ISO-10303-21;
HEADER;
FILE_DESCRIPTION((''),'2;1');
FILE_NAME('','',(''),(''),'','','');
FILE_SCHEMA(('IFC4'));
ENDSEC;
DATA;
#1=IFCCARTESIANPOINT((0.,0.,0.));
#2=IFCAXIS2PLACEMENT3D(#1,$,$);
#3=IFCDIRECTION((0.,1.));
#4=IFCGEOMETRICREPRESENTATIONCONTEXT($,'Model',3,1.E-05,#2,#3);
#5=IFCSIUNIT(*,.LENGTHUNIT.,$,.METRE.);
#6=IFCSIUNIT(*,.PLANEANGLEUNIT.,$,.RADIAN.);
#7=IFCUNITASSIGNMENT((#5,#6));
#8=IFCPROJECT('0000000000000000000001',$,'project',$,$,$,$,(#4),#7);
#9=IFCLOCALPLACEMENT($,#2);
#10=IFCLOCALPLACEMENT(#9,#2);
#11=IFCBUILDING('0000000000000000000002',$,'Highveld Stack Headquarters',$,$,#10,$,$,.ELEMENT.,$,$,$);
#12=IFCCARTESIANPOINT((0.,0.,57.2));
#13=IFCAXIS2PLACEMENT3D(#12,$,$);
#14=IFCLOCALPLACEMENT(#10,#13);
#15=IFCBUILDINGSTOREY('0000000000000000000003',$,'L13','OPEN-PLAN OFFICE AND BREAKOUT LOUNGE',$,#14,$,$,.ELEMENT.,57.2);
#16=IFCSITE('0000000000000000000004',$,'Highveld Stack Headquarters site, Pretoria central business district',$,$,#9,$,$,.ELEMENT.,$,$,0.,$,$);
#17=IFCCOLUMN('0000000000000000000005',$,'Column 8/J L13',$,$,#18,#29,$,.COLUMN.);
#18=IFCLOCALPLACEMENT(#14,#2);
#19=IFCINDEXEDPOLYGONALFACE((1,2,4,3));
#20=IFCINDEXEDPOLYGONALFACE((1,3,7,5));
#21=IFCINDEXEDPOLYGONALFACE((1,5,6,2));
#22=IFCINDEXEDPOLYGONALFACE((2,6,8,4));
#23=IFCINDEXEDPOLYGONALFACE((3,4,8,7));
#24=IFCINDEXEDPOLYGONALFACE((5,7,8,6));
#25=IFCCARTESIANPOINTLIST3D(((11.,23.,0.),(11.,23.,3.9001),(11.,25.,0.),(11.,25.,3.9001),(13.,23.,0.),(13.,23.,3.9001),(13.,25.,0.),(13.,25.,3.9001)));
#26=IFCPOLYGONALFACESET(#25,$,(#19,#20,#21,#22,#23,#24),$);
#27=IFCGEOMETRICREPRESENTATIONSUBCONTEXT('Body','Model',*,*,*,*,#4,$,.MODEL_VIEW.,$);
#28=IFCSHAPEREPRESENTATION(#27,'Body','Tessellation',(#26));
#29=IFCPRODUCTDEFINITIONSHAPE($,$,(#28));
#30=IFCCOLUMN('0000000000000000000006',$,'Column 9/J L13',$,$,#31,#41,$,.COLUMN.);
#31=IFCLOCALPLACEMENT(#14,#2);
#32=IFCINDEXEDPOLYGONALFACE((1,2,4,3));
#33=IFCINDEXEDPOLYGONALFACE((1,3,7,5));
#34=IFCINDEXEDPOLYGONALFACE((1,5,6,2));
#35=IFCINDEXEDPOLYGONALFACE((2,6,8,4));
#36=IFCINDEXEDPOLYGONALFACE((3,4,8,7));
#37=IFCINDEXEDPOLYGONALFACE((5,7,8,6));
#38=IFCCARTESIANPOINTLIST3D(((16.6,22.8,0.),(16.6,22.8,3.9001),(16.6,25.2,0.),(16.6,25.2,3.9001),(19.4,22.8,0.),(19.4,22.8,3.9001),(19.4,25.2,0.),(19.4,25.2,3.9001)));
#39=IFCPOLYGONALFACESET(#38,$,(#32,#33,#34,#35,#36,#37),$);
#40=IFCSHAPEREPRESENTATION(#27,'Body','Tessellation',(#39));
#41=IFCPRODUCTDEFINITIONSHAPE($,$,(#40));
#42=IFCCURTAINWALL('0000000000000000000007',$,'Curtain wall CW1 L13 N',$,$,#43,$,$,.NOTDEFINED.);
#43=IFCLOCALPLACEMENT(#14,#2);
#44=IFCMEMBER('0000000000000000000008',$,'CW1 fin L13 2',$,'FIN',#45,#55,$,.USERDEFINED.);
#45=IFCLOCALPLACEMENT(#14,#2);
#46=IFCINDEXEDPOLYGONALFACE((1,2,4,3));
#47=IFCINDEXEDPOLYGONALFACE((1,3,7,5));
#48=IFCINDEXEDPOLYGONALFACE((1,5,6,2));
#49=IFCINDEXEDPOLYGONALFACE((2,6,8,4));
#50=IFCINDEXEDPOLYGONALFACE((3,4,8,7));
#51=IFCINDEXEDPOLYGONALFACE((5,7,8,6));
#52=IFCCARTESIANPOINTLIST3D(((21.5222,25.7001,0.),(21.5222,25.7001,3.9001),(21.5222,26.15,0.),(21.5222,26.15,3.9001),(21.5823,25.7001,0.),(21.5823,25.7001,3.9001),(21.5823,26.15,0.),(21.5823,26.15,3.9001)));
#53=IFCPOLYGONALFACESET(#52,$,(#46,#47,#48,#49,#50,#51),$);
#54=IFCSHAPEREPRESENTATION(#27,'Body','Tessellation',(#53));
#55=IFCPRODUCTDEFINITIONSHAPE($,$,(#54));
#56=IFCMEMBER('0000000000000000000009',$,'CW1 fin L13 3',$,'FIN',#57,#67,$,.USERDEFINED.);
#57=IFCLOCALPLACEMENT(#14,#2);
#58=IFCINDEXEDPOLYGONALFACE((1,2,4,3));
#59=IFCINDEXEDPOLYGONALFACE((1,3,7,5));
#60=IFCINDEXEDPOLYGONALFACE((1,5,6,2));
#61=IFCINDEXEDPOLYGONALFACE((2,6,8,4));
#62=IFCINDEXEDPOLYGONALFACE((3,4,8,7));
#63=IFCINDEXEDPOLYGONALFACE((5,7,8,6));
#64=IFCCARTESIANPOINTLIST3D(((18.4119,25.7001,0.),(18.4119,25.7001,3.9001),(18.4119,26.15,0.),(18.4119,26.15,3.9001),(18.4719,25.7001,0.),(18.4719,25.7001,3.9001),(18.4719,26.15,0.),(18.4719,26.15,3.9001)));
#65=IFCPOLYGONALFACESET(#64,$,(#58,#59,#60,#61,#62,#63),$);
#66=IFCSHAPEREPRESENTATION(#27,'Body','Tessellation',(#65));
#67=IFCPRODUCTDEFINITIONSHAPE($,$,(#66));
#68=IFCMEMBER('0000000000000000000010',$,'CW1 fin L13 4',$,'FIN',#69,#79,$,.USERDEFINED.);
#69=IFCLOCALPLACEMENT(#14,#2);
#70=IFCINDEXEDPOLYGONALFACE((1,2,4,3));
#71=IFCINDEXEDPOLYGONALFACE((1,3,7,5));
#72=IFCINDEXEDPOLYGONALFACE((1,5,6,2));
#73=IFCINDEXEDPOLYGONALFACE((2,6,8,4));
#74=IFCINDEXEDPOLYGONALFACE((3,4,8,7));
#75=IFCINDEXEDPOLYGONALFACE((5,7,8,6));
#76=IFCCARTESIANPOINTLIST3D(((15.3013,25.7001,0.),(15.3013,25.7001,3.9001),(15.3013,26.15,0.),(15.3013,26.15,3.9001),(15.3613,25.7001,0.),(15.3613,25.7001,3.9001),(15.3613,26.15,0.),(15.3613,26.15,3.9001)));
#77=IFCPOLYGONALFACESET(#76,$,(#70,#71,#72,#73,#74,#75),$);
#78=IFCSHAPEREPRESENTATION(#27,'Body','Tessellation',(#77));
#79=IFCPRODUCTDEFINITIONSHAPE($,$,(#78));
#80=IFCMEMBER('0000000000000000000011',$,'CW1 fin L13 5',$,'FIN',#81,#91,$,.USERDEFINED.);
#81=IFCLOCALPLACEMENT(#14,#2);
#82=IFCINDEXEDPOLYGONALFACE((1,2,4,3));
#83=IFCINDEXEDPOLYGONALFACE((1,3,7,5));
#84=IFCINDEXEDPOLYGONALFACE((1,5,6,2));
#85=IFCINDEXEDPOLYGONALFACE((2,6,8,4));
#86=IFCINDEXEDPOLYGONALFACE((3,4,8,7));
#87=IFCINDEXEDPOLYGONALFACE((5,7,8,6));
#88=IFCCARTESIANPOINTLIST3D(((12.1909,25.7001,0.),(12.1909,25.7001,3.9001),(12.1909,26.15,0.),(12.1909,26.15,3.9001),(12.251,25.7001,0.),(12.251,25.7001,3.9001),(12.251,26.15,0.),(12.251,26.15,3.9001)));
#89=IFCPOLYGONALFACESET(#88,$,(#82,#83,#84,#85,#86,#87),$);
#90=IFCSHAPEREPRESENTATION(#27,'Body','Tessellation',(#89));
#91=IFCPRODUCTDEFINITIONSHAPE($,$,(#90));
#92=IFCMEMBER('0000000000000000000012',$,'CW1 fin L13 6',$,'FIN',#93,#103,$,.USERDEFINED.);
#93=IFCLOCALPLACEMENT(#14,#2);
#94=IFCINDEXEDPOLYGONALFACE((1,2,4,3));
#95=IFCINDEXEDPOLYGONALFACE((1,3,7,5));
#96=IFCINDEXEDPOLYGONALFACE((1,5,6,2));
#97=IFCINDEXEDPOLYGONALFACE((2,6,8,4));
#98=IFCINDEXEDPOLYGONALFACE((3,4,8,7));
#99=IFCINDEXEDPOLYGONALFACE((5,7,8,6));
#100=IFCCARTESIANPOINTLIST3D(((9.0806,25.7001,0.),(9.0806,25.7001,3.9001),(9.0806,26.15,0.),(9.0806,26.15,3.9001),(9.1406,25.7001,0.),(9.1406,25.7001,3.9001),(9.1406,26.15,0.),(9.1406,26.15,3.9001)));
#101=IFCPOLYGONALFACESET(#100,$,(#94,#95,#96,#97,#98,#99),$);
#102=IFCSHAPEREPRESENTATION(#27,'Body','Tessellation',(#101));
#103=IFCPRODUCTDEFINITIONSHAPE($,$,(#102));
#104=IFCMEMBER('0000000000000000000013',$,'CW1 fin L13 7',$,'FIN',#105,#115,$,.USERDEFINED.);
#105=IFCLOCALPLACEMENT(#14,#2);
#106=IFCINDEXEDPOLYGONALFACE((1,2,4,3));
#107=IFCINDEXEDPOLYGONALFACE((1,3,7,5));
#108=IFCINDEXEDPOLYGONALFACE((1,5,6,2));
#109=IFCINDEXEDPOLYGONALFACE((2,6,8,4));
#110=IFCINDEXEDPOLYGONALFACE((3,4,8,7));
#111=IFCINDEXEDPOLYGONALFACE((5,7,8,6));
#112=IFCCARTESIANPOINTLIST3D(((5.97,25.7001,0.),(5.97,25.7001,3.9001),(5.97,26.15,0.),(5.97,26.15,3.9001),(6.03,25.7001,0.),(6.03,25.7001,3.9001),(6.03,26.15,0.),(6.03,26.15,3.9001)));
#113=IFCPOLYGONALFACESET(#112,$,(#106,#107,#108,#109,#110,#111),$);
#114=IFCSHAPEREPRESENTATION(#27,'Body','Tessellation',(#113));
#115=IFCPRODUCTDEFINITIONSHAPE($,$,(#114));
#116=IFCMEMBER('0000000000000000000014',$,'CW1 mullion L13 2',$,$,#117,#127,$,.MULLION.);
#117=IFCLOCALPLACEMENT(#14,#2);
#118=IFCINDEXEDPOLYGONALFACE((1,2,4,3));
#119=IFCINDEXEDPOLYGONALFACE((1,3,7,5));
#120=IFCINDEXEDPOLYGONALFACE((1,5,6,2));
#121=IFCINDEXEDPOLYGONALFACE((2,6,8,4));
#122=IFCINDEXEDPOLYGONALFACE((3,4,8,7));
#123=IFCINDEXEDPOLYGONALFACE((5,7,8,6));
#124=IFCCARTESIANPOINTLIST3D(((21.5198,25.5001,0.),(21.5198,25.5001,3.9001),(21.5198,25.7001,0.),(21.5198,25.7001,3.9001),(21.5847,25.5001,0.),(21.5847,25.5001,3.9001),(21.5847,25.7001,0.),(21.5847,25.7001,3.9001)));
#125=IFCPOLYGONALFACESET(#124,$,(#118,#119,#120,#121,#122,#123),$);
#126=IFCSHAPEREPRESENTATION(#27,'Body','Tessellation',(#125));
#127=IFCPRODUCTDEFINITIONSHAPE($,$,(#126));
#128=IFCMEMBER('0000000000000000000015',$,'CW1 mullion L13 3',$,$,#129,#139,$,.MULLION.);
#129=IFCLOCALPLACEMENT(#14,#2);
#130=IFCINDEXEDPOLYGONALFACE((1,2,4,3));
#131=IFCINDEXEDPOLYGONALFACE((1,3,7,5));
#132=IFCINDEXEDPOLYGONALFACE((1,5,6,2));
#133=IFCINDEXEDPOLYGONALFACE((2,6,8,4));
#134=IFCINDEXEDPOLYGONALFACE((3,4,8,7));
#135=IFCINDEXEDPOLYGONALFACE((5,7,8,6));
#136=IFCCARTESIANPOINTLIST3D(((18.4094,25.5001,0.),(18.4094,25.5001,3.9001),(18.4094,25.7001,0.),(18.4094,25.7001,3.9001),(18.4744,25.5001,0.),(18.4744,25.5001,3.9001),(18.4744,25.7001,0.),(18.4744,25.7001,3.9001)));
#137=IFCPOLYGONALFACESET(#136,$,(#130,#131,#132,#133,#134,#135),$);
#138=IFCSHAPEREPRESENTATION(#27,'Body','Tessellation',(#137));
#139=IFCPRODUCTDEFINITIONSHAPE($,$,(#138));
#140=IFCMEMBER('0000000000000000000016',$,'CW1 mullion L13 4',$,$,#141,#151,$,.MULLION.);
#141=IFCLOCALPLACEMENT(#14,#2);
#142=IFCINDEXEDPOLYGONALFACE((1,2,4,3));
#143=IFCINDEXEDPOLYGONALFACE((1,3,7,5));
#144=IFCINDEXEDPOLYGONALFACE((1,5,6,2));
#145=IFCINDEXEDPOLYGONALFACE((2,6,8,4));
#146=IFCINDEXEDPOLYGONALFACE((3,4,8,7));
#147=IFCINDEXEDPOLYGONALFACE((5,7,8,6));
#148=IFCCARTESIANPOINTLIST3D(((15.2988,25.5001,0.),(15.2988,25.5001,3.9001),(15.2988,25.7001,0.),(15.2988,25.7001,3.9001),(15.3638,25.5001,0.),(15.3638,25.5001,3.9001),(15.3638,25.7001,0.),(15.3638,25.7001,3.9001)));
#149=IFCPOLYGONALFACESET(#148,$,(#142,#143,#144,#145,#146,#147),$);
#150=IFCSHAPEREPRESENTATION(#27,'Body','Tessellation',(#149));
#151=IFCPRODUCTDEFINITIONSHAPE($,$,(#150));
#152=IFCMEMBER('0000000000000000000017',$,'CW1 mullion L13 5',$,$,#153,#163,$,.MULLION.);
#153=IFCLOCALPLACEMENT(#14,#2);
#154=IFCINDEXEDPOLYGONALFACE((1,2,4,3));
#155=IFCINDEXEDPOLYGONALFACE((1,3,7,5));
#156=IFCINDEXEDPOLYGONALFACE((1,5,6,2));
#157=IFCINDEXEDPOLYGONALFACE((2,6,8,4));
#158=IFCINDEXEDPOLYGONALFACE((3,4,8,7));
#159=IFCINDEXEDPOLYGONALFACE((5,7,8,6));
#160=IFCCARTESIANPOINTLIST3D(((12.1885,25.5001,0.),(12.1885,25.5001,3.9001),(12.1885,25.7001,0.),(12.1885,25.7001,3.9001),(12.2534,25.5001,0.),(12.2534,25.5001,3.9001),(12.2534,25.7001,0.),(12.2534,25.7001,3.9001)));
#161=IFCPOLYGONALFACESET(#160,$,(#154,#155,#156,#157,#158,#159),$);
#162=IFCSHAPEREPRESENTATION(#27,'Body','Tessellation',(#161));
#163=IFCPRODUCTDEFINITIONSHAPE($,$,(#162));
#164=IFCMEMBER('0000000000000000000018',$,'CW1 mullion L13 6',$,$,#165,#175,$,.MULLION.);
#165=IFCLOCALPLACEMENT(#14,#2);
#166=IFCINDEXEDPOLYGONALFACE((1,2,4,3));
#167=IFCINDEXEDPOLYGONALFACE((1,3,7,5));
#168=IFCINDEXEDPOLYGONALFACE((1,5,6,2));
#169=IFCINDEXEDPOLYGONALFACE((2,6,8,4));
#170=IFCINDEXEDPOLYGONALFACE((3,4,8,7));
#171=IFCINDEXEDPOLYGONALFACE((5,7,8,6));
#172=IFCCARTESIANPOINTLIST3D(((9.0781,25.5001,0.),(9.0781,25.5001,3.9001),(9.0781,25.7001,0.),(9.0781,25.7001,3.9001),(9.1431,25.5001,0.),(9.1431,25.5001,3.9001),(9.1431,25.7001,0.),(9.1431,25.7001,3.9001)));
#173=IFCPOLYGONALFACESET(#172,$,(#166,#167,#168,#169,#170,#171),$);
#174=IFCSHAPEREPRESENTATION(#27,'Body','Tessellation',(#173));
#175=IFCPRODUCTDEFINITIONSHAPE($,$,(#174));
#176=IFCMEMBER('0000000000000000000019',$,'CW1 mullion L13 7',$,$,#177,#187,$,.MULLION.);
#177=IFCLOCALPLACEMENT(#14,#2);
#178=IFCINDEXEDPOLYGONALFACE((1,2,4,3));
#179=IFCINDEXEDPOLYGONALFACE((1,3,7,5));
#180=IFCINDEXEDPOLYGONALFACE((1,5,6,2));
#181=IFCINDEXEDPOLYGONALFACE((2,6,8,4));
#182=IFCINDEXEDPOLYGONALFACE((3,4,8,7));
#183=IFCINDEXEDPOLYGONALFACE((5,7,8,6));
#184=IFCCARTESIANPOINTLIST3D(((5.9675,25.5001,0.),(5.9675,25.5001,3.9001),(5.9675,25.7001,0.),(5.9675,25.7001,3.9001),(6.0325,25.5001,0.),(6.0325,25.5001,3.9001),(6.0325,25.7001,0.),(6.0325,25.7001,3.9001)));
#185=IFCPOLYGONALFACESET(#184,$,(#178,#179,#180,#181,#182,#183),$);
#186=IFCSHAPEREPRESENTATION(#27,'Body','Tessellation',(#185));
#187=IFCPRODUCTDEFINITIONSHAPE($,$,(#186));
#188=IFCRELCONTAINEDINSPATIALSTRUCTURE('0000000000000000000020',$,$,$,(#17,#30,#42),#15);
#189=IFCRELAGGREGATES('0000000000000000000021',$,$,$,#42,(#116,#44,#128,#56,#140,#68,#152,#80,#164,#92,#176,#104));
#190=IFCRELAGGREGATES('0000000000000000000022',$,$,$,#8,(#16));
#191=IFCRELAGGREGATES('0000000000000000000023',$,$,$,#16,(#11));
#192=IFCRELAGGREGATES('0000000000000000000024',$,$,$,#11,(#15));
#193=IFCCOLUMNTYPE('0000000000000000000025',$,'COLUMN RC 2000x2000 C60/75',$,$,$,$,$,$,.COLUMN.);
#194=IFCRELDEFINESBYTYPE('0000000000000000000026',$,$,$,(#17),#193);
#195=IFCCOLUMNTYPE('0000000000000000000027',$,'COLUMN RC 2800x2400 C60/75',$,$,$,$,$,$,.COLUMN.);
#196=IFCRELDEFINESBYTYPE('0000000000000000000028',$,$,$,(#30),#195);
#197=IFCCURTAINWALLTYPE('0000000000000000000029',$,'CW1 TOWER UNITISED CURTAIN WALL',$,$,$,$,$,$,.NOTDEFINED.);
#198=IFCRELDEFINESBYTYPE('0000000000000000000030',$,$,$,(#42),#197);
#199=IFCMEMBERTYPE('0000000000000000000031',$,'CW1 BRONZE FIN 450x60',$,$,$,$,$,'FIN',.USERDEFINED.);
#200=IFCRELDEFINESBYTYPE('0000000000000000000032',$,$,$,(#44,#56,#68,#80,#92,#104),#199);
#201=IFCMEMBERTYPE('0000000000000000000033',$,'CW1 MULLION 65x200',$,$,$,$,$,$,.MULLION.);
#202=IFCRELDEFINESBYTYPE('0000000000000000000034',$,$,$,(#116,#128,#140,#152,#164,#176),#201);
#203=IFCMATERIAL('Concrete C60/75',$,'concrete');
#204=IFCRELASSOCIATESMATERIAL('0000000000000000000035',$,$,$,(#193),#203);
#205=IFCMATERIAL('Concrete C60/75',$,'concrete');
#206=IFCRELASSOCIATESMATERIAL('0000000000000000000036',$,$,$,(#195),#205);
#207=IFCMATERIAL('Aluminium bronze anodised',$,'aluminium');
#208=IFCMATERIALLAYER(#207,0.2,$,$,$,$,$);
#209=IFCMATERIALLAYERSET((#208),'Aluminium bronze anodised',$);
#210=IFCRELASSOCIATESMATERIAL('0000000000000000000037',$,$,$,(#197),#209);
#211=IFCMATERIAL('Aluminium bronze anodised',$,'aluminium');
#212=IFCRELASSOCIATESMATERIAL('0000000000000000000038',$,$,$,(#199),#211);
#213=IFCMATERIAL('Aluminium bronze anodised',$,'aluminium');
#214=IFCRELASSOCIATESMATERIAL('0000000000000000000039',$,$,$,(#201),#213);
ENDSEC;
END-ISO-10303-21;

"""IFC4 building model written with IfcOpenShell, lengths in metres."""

from ifc_helpers import new_model, si_unit, direction, frame, origin, origin_2d, place, context, subcontext, project, spatial, rectangle, extrude, material, layer, layer_set, material_profile, profile_set, type_object, element, aggregate, save


model = new_model("IFC4")

# Units and contexts
model_context = context("Model", 3, precision=1e-05, world=origin(), true_north=direction((0.0, 1.0)))
body_context = subcontext(model_context, "Body", "Model", "MODEL_VIEW")
ifc_project = project(units=[si_unit("LENGTHUNIT", "METRE"), si_unit("PLANEANGLEUNIT", "RADIAN")], contexts=[model_context])

# Site, building, storey
site_placement = place(None, origin())
site = spatial("IfcSite", under=ifc_project, at=site_placement, Name="Highveld Stack Headquarters site, Pretoria central business district", CompositionType="ELEMENT", RefElevation=0.0)
building_placement = place(site_placement, origin())
building = spatial("IfcBuilding", under=site, at=building_placement, Name="Highveld Stack Headquarters", CompositionType="ELEMENT")
storey_placement = place(building_placement, frame((0.0, 0.0, 57.2)))
storey = spatial("IfcBuildingStorey", under=building, at=storey_placement, Name="L13", Description="OPEN-PLAN OFFICE AND BREAKOUT LOUNGE", CompositionType="ELEMENT", Elevation=57.2)

# Columns
ifc_material_1 = material(Name="Concrete C60/75", Category="concrete")
ifc_material_profile_1 = material_profile(ifc_material_1, rectangle(XDim=2.0, YDim=2.0, at=origin_2d()), Name="RC 2000x2000")
ifc_profile_set_1 = profile_set([ifc_material_profile_1], Name="Concrete C60/75")
column_type_1 = type_object("IfcColumnType", Name="COLUMN RC 2000x2000 C60/75", PredefinedType="COLUMN", material=ifc_profile_set_1)
column_1_placement = place(storey_placement, frame((12.0, 24.0, 0.0), z_axis=(0.0, 0.0, 1.0), x_axis=(1.0, 0.0, 0.0)))
element("IfcColumn", 1, at=column_1_placement, inside=storey, type_object=column_type_1, Name="Column 8/J L13", PredefinedType="COLUMN", context=body_context, shape_type="SweptSolid", body=[
    extrude(rectangle(XDim=2.0, YDim=2.0, at=origin_2d()), origin(), (0.0, 0.0, 1.0), 3.9001),
])
ifc_material_2 = material(Name="Concrete C60/75", Category="concrete")
ifc_material_profile_2 = material_profile(ifc_material_2, rectangle(XDim=2.8, YDim=2.3999, at=origin_2d()), Name="RC 2800x2400")
ifc_profile_set_2 = profile_set([ifc_material_profile_2], Name="Concrete C60/75")
column_type_2 = type_object("IfcColumnType", Name="COLUMN RC 2800x2400 C60/75", PredefinedType="COLUMN", material=ifc_profile_set_2)
column_2_placement = place(storey_placement, frame((18.0, 24.0, 0.0), z_axis=(0.0, 0.0, 1.0), x_axis=(1.0, 0.0, 0.0)))
element("IfcColumn", 2, at=column_2_placement, inside=storey, type_object=column_type_2, Name="Column 9/J L13", PredefinedType="COLUMN", context=body_context, shape_type="SweptSolid", body=[
    extrude(rectangle(XDim=2.8, YDim=2.3999, at=origin_2d()), origin(), (0.0, 0.0, 1.0), 3.9001),
])

# Curtain wall, members
ifc_material_3 = material(Name="Aluminium bronze anodised", Category="aluminium")
ifc_layer_1 = layer(ifc_material_3, 0.2)
ifc_layer_set_1 = layer_set([ifc_layer_1], Name="Aluminium bronze anodised")
curtain_wall_type = type_object("IfcCurtainWallType", Name="CW1 TOWER UNITISED CURTAIN WALL", PredefinedType="NOTDEFINED", material=ifc_layer_set_1)
curtain_wall_placement = place(storey_placement, origin())
curtain_wall = element("IfcCurtainWall", 3, at=curtain_wall_placement, inside=storey, type_object=curtain_wall_type, Name="Curtain wall CW1 L13 N", PredefinedType="NOTDEFINED")
ifc_material_4 = material(Name="Aluminium bronze anodised", Category="aluminium")
ifc_material_profile_3 = material_profile(ifc_material_4, rectangle(XDim=0.45, YDim=0.0601, at=origin_2d()), Name="FIN 450x60")
ifc_profile_set_3 = profile_set([ifc_material_profile_3], Name="Aluminium bronze anodised")
member_type_1 = type_object("IfcMemberType", Name="CW1 BRONZE FIN 450x60", ElementType="FIN", PredefinedType="USERDEFINED", material=ifc_profile_set_3)
member_1_placement = place(storey_placement, frame((21.5522, 25.925, 0.0), z_axis=(0.0, 0.0, 1.0), x_axis=(0.0, -1.0, 0.0)))
member_1 = element("IfcMember", 4, at=member_1_placement, type_object=member_type_1, Name="CW1 fin L13 2", ObjectType="FIN", PredefinedType="USERDEFINED", context=body_context, shape_type="SweptSolid", body=[
    extrude(rectangle(XDim=0.45, YDim=0.0601, at=origin_2d()), origin(), (0.0, 0.0, 1.0), 3.9001),
])
member_2_placement = place(storey_placement, frame((18.4419, 25.925, 0.0), z_axis=(0.0, 0.0, 1.0), x_axis=(0.0, -1.0, 0.0)))
member_2 = element("IfcMember", 5, at=member_2_placement, type_object=member_type_1, Name="CW1 fin L13 3", ObjectType="FIN", PredefinedType="USERDEFINED", context=body_context, shape_type="SweptSolid", body=[
    extrude(rectangle(XDim=0.45, YDim=0.0601, at=origin_2d()), origin(), (0.0, 0.0, 1.0), 3.9001),
])
member_3_placement = place(storey_placement, frame((15.3313, 25.925, 0.0), z_axis=(0.0, 0.0, 1.0), x_axis=(0.0, -1.0, 0.0)))
member_3 = element("IfcMember", 6, at=member_3_placement, type_object=member_type_1, Name="CW1 fin L13 4", ObjectType="FIN", PredefinedType="USERDEFINED", context=body_context, shape_type="SweptSolid", body=[
    extrude(rectangle(XDim=0.45, YDim=0.0601, at=origin_2d()), origin(), (0.0, 0.0, 1.0), 3.9001),
])
member_4_placement = place(storey_placement, frame((12.2209, 25.925, 0.0), z_axis=(0.0, 0.0, 1.0), x_axis=(0.0, -1.0, 0.0)))
member_4 = element("IfcMember", 7, at=member_4_placement, type_object=member_type_1, Name="CW1 fin L13 5", ObjectType="FIN", PredefinedType="USERDEFINED", context=body_context, shape_type="SweptSolid", body=[
    extrude(rectangle(XDim=0.45, YDim=0.0601, at=origin_2d()), origin(), (0.0, 0.0, 1.0), 3.9001),
])
member_5_placement = place(storey_placement, frame((9.1106, 25.925, 0.0), z_axis=(0.0, 0.0, 1.0), x_axis=(0.0, -1.0, 0.0)))
member_5 = element("IfcMember", 8, at=member_5_placement, type_object=member_type_1, Name="CW1 fin L13 6", ObjectType="FIN", PredefinedType="USERDEFINED", context=body_context, shape_type="SweptSolid", body=[
    extrude(rectangle(XDim=0.45, YDim=0.0601, at=origin_2d()), origin(), (0.0, 0.0, 1.0), 3.9001),
])
member_6_placement = place(storey_placement, frame((6.0, 25.925, 0.0), z_axis=(0.0, 0.0, 1.0), x_axis=(0.0, -1.0, 0.0)))
member_6 = element("IfcMember", 9, at=member_6_placement, type_object=member_type_1, Name="CW1 fin L13 7", ObjectType="FIN", PredefinedType="USERDEFINED", context=body_context, shape_type="SweptSolid", body=[
    extrude(rectangle(XDim=0.45, YDim=0.0601, at=origin_2d()), origin(), (0.0, 0.0, 1.0), 3.9001),
])
ifc_material_5 = material(Name="Aluminium bronze anodised", Category="aluminium")
ifc_material_profile_4 = material_profile(ifc_material_5, rectangle(XDim=0.2, YDim=0.0649, at=origin_2d()), Name="CW1 MULLION 65x200")
ifc_profile_set_4 = profile_set([ifc_material_profile_4], Name="Aluminium bronze anodised")
member_type_2 = type_object("IfcMemberType", Name="CW1 MULLION 65x200", PredefinedType="MULLION", material=ifc_profile_set_4)
member_7_placement = place(storey_placement, frame((21.5522, 25.6001, 0.0), z_axis=(0.0, 0.0, 1.0), x_axis=(0.0, -1.0, 0.0)))
member_7 = element("IfcMember", 10, at=member_7_placement, type_object=member_type_2, Name="CW1 mullion L13 2", PredefinedType="MULLION", context=body_context, shape_type="SweptSolid", body=[
    extrude(rectangle(XDim=0.2, YDim=0.0649, at=origin_2d()), origin(), (0.0, 0.0, 1.0), 3.9001),
])
member_8_placement = place(storey_placement, frame((18.4419, 25.6001, 0.0), z_axis=(0.0, 0.0, 1.0), x_axis=(0.0, -1.0, 0.0)))
member_8 = element("IfcMember", 11, at=member_8_placement, type_object=member_type_2, Name="CW1 mullion L13 3", PredefinedType="MULLION", context=body_context, shape_type="SweptSolid", body=[
    extrude(rectangle(XDim=0.2, YDim=0.0649, at=origin_2d()), origin(), (0.0, 0.0, 1.0), 3.9001),
])
member_9_placement = place(storey_placement, frame((15.3313, 25.6001, 0.0), z_axis=(0.0, 0.0, 1.0), x_axis=(0.0, -1.0, 0.0)))
member_9 = element("IfcMember", 12, at=member_9_placement, type_object=member_type_2, Name="CW1 mullion L13 4", PredefinedType="MULLION", context=body_context, shape_type="SweptSolid", body=[
    extrude(rectangle(XDim=0.2, YDim=0.0649, at=origin_2d()), origin(), (0.0, 0.0, 1.0), 3.9001),
])
member_10_placement = place(storey_placement, frame((12.2209, 25.6001, 0.0), z_axis=(0.0, 0.0, 1.0), x_axis=(0.0, -1.0, 0.0)))
member_10 = element("IfcMember", 13, at=member_10_placement, type_object=member_type_2, Name="CW1 mullion L13 5", PredefinedType="MULLION", context=body_context, shape_type="SweptSolid", body=[
    extrude(rectangle(XDim=0.2, YDim=0.0649, at=origin_2d()), origin(), (0.0, 0.0, 1.0), 3.9001),
])
member_11_placement = place(storey_placement, frame((9.1106, 25.6001, 0.0), z_axis=(0.0, 0.0, 1.0), x_axis=(0.0, -1.0, 0.0)))
member_11 = element("IfcMember", 14, at=member_11_placement, type_object=member_type_2, Name="CW1 mullion L13 6", PredefinedType="MULLION", context=body_context, shape_type="SweptSolid", body=[
    extrude(rectangle(XDim=0.2, YDim=0.0649, at=origin_2d()), origin(), (0.0, 0.0, 1.0), 3.9001),
])
member_12_placement = place(storey_placement, frame((6.0, 25.6001, 0.0), z_axis=(0.0, 0.0, 1.0), x_axis=(0.0, -1.0, 0.0)))
member_12 = element("IfcMember", 15, at=member_12_placement, type_object=member_type_2, Name="CW1 mullion L13 7", PredefinedType="MULLION", context=body_context, shape_type="SweptSolid", body=[
    extrude(rectangle(XDim=0.2, YDim=0.0649, at=origin_2d()), origin(), (0.0, 0.0, 1.0), 3.9001),
])
aggregate(curtain_wall, [member_7, member_1, member_8, member_2, member_9, member_3, member_10, member_4, member_11, member_5, member_12, member_6])

save(model, "model.ifc")
